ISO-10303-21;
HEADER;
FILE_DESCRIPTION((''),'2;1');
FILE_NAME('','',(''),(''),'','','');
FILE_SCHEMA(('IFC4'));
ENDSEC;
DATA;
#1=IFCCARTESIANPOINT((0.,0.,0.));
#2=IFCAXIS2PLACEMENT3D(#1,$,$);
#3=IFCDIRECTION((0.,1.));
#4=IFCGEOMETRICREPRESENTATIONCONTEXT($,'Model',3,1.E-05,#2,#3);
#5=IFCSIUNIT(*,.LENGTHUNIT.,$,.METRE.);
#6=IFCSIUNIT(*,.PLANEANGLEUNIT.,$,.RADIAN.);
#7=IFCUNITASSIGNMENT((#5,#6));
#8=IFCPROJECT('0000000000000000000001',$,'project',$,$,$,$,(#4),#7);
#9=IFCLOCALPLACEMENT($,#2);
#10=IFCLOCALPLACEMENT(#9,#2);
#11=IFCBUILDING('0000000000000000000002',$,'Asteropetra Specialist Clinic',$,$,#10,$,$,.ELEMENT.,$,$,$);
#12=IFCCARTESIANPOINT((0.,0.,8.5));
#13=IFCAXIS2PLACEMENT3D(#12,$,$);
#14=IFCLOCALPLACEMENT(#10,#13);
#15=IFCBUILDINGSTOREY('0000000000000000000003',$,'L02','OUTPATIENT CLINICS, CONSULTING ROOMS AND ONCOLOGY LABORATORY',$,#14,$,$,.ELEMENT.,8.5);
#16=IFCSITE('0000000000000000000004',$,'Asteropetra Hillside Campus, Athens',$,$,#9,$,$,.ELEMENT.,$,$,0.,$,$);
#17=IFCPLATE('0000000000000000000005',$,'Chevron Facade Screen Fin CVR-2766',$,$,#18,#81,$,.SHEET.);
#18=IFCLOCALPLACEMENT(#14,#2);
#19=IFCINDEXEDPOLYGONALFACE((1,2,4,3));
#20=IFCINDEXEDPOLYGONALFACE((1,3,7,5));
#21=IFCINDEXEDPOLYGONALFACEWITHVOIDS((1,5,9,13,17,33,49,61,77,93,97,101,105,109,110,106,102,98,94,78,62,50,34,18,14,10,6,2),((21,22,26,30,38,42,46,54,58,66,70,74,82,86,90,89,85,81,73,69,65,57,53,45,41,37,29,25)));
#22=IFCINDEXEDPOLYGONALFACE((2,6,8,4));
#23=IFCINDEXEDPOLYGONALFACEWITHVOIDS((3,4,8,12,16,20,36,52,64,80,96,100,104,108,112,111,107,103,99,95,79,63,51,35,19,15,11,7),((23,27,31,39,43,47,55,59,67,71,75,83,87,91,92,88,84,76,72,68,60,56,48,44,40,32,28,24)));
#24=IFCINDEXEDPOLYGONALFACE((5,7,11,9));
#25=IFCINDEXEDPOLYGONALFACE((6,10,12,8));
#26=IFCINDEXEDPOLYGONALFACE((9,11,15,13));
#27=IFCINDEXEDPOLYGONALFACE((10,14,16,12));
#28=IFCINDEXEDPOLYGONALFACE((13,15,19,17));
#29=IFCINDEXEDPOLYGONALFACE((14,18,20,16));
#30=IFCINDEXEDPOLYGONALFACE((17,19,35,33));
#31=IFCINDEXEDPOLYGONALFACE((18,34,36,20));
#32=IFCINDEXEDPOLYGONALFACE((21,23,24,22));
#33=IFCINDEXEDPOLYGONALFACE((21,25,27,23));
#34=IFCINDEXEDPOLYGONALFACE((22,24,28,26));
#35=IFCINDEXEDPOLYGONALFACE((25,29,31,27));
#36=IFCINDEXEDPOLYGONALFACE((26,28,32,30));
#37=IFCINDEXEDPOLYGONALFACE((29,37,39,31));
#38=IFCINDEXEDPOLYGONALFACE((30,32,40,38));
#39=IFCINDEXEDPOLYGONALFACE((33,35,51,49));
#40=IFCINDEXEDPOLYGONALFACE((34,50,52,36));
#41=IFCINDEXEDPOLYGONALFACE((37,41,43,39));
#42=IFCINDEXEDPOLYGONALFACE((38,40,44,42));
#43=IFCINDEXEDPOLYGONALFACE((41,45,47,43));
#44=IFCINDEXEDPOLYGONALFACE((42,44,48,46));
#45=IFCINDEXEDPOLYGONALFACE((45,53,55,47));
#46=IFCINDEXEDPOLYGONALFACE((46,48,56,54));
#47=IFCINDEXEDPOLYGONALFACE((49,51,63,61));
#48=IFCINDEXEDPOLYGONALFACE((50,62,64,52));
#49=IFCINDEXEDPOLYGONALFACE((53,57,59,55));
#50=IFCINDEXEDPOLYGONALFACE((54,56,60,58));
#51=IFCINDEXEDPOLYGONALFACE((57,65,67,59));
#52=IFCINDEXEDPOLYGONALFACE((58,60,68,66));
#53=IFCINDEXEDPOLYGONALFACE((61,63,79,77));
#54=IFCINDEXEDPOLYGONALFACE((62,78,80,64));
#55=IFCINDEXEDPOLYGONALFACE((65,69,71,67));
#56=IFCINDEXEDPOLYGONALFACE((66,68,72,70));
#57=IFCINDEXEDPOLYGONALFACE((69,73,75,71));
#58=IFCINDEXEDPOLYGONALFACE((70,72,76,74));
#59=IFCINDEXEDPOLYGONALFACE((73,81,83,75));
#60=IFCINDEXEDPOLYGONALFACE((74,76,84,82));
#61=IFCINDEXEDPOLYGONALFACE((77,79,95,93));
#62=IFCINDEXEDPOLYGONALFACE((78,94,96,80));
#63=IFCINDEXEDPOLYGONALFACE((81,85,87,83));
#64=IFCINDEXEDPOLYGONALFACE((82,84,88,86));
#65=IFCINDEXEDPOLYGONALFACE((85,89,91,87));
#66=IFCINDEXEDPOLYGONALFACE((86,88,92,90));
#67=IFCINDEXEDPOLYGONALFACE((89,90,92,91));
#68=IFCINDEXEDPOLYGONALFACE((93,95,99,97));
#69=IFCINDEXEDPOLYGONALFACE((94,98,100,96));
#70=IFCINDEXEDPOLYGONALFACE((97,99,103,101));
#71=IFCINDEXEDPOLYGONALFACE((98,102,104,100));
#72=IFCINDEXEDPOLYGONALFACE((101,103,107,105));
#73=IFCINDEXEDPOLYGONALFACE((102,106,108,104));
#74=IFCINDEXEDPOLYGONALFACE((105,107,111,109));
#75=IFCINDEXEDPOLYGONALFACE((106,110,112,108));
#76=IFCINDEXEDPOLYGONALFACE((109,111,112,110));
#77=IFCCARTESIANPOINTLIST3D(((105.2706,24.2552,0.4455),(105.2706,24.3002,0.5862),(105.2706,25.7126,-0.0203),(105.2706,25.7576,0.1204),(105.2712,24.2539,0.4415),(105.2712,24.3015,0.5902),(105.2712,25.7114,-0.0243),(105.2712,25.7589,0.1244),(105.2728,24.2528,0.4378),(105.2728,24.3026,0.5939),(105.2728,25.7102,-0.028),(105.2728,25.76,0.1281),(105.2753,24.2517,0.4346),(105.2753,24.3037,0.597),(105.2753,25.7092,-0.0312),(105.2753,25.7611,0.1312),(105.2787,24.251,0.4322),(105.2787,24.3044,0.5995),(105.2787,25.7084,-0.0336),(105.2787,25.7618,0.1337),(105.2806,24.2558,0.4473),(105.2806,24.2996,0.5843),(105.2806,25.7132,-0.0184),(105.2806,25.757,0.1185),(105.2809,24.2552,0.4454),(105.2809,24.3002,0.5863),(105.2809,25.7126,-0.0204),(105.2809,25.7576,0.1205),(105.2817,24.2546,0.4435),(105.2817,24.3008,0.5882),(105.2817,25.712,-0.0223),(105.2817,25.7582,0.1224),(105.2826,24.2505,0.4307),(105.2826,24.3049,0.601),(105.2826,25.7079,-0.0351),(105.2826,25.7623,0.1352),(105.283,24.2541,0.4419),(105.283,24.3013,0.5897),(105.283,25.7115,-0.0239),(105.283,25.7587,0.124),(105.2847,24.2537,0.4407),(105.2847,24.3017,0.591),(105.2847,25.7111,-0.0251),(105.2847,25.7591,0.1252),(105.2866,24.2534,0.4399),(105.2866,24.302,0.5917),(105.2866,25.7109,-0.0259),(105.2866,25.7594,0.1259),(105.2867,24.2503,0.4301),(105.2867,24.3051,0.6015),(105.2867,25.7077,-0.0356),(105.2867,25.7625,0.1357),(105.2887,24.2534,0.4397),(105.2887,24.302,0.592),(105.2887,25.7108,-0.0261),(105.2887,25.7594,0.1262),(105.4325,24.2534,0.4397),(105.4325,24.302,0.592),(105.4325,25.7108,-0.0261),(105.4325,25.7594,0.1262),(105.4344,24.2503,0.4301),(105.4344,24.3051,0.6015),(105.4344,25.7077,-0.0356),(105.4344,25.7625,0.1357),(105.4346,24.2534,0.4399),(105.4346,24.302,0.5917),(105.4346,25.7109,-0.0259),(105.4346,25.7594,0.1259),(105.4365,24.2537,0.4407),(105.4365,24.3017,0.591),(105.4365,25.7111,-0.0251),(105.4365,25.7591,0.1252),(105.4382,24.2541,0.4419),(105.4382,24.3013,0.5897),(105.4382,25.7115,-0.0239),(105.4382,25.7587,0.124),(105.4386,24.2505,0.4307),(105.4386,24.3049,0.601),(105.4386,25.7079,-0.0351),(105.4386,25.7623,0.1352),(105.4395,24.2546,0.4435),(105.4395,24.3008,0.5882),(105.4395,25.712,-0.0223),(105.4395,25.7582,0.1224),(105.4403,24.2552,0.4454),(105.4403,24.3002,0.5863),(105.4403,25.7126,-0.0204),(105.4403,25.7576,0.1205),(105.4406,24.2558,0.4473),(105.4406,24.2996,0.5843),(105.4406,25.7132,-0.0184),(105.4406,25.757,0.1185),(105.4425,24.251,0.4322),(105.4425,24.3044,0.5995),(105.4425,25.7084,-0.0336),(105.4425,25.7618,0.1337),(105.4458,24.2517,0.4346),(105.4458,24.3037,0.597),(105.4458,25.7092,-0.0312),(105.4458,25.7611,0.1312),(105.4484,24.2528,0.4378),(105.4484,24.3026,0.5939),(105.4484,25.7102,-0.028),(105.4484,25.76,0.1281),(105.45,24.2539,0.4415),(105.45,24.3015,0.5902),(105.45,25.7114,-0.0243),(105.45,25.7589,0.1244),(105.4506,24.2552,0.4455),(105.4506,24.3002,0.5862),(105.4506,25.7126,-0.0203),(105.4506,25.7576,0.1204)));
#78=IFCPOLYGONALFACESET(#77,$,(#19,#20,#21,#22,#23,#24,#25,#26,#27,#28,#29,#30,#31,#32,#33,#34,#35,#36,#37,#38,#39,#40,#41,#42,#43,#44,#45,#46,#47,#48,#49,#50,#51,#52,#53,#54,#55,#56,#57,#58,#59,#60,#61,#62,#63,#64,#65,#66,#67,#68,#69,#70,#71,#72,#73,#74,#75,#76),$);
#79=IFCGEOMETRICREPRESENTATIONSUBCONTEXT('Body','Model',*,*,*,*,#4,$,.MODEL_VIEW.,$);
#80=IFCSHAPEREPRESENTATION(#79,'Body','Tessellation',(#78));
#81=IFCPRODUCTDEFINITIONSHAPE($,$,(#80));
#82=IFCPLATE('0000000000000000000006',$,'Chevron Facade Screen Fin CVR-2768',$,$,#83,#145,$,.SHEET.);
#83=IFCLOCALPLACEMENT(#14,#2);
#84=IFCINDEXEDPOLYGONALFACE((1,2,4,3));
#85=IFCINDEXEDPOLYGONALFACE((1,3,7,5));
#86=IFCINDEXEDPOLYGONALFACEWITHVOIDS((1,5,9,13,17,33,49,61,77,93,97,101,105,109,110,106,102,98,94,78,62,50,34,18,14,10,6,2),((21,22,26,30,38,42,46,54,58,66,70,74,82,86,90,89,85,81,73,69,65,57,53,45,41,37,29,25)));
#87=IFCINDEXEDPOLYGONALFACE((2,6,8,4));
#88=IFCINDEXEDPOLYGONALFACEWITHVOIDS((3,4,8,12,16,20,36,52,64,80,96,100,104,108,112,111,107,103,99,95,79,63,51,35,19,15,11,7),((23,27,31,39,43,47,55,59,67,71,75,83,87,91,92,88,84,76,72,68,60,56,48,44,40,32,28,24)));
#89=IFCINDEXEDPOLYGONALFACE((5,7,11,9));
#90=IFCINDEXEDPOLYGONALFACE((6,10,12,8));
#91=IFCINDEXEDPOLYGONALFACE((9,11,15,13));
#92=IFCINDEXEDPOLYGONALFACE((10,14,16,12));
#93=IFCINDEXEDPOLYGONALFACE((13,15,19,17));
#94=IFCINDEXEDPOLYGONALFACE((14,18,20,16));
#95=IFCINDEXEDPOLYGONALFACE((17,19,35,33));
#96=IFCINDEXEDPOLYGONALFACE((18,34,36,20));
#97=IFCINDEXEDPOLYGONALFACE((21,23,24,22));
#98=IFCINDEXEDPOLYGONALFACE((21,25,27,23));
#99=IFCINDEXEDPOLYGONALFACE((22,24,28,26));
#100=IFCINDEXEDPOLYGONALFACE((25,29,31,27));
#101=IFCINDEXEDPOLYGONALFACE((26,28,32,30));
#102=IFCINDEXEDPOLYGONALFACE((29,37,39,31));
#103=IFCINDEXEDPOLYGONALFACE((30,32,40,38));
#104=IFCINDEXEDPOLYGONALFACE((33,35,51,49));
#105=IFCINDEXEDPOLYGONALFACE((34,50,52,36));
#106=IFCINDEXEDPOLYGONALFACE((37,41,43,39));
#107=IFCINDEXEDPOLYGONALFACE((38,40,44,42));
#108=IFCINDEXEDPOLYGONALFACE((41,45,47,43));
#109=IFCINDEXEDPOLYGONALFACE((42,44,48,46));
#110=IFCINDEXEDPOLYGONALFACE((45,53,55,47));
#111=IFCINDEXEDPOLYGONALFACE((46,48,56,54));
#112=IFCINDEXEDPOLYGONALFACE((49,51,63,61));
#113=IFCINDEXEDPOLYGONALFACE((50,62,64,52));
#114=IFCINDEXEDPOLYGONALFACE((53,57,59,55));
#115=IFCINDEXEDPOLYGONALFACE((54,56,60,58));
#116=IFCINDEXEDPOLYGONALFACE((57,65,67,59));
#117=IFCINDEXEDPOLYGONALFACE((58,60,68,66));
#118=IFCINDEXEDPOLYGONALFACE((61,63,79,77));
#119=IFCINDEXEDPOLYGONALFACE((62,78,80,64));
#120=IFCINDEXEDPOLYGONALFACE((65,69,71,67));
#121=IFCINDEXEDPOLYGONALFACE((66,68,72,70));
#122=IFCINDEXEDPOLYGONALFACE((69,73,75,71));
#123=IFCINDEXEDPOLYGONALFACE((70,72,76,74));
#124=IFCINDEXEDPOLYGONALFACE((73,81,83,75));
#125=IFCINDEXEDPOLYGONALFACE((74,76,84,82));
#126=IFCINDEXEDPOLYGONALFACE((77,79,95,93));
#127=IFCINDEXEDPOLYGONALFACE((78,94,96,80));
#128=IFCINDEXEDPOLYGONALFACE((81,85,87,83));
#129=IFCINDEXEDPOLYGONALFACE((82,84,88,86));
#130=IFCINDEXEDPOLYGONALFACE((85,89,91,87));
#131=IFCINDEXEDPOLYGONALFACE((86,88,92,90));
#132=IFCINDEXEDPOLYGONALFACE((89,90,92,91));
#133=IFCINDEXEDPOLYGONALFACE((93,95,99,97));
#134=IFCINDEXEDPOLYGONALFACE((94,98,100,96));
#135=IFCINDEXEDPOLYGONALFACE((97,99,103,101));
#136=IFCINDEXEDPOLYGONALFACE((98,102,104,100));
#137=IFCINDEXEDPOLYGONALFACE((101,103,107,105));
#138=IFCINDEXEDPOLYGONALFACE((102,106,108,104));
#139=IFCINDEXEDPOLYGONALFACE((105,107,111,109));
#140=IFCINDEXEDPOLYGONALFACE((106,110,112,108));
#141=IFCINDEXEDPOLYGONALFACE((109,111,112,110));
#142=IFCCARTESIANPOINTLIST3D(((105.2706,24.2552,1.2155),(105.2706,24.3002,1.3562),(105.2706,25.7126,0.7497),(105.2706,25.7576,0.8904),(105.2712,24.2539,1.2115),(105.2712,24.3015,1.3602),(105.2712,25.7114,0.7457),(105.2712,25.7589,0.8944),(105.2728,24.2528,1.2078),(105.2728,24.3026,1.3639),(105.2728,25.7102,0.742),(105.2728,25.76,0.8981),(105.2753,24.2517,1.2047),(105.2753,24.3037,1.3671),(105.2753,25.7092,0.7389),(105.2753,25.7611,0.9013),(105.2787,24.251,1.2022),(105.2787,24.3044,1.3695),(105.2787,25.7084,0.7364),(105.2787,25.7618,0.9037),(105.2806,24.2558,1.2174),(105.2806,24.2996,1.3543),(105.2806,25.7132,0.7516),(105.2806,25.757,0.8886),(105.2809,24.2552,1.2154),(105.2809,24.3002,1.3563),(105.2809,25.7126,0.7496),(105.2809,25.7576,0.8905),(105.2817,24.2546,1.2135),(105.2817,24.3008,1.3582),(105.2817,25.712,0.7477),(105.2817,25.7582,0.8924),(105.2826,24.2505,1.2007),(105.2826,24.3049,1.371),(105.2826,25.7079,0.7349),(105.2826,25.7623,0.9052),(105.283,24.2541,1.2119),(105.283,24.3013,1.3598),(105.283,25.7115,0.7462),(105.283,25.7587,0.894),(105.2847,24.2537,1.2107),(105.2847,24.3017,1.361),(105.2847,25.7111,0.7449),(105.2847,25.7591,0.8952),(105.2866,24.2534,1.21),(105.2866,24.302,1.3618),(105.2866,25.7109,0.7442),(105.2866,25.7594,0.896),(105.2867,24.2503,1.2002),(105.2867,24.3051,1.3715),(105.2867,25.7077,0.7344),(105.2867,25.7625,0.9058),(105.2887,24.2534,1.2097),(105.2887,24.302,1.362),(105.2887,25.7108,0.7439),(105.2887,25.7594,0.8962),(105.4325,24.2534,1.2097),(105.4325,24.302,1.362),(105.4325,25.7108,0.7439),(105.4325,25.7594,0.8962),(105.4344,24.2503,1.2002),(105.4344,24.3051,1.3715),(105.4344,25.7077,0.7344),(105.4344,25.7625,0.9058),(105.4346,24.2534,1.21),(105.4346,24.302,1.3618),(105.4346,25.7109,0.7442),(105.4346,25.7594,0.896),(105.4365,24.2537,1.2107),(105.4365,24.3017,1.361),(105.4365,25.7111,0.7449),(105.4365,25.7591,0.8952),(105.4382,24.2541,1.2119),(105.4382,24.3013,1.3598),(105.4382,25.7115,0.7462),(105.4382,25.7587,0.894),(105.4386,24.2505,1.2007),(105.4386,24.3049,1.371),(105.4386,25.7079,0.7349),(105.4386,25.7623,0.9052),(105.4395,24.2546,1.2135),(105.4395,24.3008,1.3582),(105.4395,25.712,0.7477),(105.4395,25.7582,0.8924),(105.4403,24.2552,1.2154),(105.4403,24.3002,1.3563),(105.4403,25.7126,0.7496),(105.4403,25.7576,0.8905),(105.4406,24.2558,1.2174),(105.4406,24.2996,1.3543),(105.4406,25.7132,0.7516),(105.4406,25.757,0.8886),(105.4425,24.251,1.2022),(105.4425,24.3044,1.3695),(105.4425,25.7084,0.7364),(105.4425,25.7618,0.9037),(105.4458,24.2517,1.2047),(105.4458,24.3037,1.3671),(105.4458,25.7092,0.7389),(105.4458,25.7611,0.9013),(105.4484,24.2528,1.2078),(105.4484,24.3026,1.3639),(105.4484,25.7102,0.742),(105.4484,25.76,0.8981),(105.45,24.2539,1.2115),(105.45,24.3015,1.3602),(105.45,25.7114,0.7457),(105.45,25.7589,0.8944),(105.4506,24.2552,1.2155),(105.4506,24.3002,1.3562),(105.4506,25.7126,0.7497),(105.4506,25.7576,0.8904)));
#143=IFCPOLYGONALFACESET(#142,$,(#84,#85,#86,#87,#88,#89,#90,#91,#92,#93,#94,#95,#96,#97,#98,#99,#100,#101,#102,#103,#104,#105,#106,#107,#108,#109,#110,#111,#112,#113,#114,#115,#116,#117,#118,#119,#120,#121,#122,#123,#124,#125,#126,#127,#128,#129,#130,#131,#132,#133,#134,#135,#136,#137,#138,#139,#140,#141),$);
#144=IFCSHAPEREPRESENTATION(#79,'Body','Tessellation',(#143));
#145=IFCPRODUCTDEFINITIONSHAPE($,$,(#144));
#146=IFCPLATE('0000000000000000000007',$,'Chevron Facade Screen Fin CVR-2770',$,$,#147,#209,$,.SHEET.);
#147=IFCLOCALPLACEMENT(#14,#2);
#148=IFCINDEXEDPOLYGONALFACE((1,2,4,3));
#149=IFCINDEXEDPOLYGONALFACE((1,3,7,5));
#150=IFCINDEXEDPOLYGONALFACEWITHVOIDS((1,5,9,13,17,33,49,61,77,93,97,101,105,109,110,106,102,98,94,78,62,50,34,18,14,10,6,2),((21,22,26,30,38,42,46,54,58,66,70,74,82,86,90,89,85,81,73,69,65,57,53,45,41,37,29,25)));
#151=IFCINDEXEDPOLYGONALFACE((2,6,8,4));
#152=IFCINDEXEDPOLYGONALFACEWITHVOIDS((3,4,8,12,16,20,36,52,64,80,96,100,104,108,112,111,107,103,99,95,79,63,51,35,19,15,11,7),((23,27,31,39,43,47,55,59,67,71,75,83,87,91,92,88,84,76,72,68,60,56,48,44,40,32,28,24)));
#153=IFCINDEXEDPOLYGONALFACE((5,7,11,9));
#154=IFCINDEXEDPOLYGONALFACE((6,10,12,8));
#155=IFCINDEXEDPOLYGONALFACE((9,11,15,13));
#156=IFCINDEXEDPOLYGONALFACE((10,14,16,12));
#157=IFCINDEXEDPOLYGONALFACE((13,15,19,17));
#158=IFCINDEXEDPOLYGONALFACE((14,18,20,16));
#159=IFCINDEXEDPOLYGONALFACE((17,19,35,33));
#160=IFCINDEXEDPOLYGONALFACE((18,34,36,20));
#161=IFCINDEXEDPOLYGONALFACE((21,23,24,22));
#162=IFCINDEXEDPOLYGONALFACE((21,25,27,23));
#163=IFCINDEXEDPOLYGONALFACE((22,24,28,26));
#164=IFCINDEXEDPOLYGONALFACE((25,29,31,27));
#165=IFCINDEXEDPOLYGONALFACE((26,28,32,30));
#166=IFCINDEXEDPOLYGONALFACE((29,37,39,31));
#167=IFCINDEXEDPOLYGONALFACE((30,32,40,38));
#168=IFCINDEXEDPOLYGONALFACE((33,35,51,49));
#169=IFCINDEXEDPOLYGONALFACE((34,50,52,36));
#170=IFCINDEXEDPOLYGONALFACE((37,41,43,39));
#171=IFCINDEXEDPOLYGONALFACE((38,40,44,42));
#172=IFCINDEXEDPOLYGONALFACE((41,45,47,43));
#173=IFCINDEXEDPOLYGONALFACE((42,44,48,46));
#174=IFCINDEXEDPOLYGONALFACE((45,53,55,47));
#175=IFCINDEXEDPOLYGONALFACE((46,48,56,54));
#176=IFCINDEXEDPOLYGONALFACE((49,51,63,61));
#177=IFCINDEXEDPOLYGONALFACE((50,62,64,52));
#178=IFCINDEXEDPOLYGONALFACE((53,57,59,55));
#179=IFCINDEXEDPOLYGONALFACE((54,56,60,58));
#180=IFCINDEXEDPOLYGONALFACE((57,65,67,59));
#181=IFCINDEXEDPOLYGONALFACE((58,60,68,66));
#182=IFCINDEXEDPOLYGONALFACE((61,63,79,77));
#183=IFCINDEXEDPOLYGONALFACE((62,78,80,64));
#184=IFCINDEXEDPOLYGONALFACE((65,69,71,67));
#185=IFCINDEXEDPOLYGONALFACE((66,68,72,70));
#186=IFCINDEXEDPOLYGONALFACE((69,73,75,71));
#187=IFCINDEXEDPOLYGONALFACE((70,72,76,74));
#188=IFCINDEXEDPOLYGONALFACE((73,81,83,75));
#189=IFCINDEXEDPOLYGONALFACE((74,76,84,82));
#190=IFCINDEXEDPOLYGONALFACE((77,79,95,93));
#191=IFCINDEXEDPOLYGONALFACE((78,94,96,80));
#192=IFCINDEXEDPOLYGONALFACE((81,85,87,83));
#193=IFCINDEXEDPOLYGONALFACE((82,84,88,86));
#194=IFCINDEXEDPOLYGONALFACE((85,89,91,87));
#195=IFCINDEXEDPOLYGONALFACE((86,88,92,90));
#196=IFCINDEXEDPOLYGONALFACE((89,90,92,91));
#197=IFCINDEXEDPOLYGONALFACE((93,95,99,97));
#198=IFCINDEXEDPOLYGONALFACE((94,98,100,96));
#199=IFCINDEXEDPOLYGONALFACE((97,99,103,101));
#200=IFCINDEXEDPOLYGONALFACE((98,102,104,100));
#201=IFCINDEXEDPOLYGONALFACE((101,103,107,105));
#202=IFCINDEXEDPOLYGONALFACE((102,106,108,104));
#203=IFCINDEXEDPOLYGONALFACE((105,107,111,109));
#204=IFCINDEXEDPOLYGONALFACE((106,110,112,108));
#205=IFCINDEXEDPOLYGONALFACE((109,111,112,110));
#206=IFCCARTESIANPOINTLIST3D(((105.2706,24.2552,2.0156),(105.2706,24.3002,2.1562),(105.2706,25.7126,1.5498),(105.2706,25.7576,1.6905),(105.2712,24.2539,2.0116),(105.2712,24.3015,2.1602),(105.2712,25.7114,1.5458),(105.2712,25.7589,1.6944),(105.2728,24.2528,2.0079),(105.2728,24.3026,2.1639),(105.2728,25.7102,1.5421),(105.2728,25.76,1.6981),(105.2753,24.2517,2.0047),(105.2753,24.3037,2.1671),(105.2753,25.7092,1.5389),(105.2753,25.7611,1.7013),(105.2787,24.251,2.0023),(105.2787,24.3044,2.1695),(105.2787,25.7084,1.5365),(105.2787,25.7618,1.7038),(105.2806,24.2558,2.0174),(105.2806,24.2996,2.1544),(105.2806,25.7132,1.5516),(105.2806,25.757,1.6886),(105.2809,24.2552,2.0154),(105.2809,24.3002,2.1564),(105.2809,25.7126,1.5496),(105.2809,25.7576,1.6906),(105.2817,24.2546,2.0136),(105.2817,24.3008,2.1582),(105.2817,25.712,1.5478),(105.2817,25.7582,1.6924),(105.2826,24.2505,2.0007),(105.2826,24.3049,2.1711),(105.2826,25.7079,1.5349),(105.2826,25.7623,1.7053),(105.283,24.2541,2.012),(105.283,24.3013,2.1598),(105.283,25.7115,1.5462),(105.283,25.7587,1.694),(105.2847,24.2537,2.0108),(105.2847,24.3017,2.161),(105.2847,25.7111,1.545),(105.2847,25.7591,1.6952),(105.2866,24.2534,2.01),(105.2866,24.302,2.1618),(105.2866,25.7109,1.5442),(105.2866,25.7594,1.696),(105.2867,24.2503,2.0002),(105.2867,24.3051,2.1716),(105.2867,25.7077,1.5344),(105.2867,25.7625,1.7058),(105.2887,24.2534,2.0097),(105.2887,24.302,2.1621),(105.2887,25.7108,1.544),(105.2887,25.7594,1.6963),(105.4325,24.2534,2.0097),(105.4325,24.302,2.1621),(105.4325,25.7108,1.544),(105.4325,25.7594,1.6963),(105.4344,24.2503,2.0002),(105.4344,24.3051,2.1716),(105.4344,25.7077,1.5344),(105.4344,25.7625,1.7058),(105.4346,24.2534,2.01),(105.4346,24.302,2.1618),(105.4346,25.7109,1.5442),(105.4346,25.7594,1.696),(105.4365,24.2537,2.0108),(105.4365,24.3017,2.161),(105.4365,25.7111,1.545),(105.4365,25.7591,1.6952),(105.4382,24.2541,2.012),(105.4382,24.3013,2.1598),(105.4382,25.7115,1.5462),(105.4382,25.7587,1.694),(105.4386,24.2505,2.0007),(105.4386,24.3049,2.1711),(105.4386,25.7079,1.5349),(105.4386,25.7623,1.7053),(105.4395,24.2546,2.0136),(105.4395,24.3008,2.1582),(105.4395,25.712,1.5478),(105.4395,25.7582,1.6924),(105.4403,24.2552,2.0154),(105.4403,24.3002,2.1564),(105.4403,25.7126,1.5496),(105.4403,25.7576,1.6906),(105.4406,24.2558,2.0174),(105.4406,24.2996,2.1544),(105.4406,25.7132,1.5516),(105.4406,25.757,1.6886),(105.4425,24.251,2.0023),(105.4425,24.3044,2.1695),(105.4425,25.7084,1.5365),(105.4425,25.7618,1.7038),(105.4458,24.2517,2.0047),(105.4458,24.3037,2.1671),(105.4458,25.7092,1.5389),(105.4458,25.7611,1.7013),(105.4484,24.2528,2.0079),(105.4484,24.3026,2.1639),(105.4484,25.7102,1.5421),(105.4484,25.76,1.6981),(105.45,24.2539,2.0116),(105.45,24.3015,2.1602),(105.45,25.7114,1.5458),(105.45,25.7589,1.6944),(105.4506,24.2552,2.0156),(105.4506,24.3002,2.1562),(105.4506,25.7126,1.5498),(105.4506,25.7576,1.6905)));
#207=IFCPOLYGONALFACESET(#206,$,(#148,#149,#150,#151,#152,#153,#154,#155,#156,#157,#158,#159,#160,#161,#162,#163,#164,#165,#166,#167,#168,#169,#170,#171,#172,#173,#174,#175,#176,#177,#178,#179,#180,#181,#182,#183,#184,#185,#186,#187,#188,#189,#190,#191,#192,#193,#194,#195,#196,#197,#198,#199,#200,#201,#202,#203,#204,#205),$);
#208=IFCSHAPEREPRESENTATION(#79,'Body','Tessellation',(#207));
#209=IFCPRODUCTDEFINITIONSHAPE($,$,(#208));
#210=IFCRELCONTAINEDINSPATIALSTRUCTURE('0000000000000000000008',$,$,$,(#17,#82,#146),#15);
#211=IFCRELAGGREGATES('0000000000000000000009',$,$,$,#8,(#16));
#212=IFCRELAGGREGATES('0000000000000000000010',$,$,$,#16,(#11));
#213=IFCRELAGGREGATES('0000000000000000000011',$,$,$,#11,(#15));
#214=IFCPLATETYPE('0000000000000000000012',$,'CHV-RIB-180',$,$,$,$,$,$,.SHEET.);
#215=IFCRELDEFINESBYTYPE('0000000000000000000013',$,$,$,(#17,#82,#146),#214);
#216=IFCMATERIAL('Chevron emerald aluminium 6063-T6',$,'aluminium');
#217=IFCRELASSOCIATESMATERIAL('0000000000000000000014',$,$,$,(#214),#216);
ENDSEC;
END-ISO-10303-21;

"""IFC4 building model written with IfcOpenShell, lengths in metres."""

from ifc_helpers import new_model, si_unit, direction, frame, origin, origin_2d, place, context, subcontext, project, spatial, hollow_rectangle, extrude, material, material_profile, profile_set, type_object, element, save


model = new_model("IFC4")

# Units and contexts
model_context = context("Model", 3, precision=1e-05, world=origin(), true_north=direction((0.0, 1.0)))
body_context = subcontext(model_context, "Body", "Model", "MODEL_VIEW")
ifc_project = project(units=[si_unit("LENGTHUNIT", "METRE"), si_unit("PLANEANGLEUNIT", "RADIAN")], contexts=[model_context])

# Site, building, storey
site_placement = place(None, origin())
site = spatial("IfcSite", under=ifc_project, at=site_placement, Name="Asteropetra Hillside Campus, Athens", CompositionType="ELEMENT", RefElevation=0.0)
building_placement = place(site_placement, origin())
building = spatial("IfcBuilding", under=site, at=building_placement, Name="Asteropetra Specialist Clinic", CompositionType="ELEMENT")
storey_placement = place(building_placement, frame((0.0, 0.0, 8.5)))
storey = spatial("IfcBuildingStorey", under=building, at=storey_placement, Name="L02", Description="OUTPATIENT CLINICS, CONSULTING ROOMS AND ONCOLOGY LABORATORY", CompositionType="ELEMENT", Elevation=8.5)

# Plates
ifc_material_1 = material(Name="Chevron emerald aluminium 6063-T6", Category="aluminium")
ifc_material_profile = material_profile(ifc_material_1, hollow_rectangle(XDim=0.1799, YDim=0.1799, WallThickness=0.01, InnerFilletRadius=0.0081, OuterFilletRadius=0.0161, at=origin_2d()), Name="SHS 180x180x10.0")
ifc_profile_set = profile_set([ifc_material_profile], Name="Chevron emerald aluminium 6063-T6")
plate_type = type_object("IfcPlateType", Name="CHV-RIB-180", PredefinedType="SHEET", material=ifc_profile_set)
for number, where, z_axis, x_axis, name in (
    (1, (105.3606, 25.7351, 0.05), (0.0, -0.952535, 0.304428), (1.0, 0.0, 0.0), "Chevron Facade Screen Fin CVR-2766"),
    (2, (105.3606, 25.7351, 0.8201), (0.0, -0.952535, 0.304428), (1.0, 0.0, 0.0), "Chevron Facade Screen Fin CVR-2768"),
    (3, (105.3606, 25.7351, 1.6201), (0.0, -0.952535, 0.304428), (1.0, 0.0, 0.0), "Chevron Facade Screen Fin CVR-2770"),
):
    element("IfcPlate", number, at=place(storey_placement, frame(where, z_axis=z_axis, x_axis=x_axis)), inside=storey, type_object=plate_type, Name=name, PredefinedType="SHEET", context=body_context, shape_type="SweptSolid", body=[
        extrude(hollow_rectangle(XDim=0.1799, YDim=0.1799, WallThickness=0.01, InnerFilletRadius=0.0081, OuterFilletRadius=0.0161, at=origin_2d()), origin(), (0.0, 0.0, 1.0), 1.53),
    ])

save(model, "model.ifc")
